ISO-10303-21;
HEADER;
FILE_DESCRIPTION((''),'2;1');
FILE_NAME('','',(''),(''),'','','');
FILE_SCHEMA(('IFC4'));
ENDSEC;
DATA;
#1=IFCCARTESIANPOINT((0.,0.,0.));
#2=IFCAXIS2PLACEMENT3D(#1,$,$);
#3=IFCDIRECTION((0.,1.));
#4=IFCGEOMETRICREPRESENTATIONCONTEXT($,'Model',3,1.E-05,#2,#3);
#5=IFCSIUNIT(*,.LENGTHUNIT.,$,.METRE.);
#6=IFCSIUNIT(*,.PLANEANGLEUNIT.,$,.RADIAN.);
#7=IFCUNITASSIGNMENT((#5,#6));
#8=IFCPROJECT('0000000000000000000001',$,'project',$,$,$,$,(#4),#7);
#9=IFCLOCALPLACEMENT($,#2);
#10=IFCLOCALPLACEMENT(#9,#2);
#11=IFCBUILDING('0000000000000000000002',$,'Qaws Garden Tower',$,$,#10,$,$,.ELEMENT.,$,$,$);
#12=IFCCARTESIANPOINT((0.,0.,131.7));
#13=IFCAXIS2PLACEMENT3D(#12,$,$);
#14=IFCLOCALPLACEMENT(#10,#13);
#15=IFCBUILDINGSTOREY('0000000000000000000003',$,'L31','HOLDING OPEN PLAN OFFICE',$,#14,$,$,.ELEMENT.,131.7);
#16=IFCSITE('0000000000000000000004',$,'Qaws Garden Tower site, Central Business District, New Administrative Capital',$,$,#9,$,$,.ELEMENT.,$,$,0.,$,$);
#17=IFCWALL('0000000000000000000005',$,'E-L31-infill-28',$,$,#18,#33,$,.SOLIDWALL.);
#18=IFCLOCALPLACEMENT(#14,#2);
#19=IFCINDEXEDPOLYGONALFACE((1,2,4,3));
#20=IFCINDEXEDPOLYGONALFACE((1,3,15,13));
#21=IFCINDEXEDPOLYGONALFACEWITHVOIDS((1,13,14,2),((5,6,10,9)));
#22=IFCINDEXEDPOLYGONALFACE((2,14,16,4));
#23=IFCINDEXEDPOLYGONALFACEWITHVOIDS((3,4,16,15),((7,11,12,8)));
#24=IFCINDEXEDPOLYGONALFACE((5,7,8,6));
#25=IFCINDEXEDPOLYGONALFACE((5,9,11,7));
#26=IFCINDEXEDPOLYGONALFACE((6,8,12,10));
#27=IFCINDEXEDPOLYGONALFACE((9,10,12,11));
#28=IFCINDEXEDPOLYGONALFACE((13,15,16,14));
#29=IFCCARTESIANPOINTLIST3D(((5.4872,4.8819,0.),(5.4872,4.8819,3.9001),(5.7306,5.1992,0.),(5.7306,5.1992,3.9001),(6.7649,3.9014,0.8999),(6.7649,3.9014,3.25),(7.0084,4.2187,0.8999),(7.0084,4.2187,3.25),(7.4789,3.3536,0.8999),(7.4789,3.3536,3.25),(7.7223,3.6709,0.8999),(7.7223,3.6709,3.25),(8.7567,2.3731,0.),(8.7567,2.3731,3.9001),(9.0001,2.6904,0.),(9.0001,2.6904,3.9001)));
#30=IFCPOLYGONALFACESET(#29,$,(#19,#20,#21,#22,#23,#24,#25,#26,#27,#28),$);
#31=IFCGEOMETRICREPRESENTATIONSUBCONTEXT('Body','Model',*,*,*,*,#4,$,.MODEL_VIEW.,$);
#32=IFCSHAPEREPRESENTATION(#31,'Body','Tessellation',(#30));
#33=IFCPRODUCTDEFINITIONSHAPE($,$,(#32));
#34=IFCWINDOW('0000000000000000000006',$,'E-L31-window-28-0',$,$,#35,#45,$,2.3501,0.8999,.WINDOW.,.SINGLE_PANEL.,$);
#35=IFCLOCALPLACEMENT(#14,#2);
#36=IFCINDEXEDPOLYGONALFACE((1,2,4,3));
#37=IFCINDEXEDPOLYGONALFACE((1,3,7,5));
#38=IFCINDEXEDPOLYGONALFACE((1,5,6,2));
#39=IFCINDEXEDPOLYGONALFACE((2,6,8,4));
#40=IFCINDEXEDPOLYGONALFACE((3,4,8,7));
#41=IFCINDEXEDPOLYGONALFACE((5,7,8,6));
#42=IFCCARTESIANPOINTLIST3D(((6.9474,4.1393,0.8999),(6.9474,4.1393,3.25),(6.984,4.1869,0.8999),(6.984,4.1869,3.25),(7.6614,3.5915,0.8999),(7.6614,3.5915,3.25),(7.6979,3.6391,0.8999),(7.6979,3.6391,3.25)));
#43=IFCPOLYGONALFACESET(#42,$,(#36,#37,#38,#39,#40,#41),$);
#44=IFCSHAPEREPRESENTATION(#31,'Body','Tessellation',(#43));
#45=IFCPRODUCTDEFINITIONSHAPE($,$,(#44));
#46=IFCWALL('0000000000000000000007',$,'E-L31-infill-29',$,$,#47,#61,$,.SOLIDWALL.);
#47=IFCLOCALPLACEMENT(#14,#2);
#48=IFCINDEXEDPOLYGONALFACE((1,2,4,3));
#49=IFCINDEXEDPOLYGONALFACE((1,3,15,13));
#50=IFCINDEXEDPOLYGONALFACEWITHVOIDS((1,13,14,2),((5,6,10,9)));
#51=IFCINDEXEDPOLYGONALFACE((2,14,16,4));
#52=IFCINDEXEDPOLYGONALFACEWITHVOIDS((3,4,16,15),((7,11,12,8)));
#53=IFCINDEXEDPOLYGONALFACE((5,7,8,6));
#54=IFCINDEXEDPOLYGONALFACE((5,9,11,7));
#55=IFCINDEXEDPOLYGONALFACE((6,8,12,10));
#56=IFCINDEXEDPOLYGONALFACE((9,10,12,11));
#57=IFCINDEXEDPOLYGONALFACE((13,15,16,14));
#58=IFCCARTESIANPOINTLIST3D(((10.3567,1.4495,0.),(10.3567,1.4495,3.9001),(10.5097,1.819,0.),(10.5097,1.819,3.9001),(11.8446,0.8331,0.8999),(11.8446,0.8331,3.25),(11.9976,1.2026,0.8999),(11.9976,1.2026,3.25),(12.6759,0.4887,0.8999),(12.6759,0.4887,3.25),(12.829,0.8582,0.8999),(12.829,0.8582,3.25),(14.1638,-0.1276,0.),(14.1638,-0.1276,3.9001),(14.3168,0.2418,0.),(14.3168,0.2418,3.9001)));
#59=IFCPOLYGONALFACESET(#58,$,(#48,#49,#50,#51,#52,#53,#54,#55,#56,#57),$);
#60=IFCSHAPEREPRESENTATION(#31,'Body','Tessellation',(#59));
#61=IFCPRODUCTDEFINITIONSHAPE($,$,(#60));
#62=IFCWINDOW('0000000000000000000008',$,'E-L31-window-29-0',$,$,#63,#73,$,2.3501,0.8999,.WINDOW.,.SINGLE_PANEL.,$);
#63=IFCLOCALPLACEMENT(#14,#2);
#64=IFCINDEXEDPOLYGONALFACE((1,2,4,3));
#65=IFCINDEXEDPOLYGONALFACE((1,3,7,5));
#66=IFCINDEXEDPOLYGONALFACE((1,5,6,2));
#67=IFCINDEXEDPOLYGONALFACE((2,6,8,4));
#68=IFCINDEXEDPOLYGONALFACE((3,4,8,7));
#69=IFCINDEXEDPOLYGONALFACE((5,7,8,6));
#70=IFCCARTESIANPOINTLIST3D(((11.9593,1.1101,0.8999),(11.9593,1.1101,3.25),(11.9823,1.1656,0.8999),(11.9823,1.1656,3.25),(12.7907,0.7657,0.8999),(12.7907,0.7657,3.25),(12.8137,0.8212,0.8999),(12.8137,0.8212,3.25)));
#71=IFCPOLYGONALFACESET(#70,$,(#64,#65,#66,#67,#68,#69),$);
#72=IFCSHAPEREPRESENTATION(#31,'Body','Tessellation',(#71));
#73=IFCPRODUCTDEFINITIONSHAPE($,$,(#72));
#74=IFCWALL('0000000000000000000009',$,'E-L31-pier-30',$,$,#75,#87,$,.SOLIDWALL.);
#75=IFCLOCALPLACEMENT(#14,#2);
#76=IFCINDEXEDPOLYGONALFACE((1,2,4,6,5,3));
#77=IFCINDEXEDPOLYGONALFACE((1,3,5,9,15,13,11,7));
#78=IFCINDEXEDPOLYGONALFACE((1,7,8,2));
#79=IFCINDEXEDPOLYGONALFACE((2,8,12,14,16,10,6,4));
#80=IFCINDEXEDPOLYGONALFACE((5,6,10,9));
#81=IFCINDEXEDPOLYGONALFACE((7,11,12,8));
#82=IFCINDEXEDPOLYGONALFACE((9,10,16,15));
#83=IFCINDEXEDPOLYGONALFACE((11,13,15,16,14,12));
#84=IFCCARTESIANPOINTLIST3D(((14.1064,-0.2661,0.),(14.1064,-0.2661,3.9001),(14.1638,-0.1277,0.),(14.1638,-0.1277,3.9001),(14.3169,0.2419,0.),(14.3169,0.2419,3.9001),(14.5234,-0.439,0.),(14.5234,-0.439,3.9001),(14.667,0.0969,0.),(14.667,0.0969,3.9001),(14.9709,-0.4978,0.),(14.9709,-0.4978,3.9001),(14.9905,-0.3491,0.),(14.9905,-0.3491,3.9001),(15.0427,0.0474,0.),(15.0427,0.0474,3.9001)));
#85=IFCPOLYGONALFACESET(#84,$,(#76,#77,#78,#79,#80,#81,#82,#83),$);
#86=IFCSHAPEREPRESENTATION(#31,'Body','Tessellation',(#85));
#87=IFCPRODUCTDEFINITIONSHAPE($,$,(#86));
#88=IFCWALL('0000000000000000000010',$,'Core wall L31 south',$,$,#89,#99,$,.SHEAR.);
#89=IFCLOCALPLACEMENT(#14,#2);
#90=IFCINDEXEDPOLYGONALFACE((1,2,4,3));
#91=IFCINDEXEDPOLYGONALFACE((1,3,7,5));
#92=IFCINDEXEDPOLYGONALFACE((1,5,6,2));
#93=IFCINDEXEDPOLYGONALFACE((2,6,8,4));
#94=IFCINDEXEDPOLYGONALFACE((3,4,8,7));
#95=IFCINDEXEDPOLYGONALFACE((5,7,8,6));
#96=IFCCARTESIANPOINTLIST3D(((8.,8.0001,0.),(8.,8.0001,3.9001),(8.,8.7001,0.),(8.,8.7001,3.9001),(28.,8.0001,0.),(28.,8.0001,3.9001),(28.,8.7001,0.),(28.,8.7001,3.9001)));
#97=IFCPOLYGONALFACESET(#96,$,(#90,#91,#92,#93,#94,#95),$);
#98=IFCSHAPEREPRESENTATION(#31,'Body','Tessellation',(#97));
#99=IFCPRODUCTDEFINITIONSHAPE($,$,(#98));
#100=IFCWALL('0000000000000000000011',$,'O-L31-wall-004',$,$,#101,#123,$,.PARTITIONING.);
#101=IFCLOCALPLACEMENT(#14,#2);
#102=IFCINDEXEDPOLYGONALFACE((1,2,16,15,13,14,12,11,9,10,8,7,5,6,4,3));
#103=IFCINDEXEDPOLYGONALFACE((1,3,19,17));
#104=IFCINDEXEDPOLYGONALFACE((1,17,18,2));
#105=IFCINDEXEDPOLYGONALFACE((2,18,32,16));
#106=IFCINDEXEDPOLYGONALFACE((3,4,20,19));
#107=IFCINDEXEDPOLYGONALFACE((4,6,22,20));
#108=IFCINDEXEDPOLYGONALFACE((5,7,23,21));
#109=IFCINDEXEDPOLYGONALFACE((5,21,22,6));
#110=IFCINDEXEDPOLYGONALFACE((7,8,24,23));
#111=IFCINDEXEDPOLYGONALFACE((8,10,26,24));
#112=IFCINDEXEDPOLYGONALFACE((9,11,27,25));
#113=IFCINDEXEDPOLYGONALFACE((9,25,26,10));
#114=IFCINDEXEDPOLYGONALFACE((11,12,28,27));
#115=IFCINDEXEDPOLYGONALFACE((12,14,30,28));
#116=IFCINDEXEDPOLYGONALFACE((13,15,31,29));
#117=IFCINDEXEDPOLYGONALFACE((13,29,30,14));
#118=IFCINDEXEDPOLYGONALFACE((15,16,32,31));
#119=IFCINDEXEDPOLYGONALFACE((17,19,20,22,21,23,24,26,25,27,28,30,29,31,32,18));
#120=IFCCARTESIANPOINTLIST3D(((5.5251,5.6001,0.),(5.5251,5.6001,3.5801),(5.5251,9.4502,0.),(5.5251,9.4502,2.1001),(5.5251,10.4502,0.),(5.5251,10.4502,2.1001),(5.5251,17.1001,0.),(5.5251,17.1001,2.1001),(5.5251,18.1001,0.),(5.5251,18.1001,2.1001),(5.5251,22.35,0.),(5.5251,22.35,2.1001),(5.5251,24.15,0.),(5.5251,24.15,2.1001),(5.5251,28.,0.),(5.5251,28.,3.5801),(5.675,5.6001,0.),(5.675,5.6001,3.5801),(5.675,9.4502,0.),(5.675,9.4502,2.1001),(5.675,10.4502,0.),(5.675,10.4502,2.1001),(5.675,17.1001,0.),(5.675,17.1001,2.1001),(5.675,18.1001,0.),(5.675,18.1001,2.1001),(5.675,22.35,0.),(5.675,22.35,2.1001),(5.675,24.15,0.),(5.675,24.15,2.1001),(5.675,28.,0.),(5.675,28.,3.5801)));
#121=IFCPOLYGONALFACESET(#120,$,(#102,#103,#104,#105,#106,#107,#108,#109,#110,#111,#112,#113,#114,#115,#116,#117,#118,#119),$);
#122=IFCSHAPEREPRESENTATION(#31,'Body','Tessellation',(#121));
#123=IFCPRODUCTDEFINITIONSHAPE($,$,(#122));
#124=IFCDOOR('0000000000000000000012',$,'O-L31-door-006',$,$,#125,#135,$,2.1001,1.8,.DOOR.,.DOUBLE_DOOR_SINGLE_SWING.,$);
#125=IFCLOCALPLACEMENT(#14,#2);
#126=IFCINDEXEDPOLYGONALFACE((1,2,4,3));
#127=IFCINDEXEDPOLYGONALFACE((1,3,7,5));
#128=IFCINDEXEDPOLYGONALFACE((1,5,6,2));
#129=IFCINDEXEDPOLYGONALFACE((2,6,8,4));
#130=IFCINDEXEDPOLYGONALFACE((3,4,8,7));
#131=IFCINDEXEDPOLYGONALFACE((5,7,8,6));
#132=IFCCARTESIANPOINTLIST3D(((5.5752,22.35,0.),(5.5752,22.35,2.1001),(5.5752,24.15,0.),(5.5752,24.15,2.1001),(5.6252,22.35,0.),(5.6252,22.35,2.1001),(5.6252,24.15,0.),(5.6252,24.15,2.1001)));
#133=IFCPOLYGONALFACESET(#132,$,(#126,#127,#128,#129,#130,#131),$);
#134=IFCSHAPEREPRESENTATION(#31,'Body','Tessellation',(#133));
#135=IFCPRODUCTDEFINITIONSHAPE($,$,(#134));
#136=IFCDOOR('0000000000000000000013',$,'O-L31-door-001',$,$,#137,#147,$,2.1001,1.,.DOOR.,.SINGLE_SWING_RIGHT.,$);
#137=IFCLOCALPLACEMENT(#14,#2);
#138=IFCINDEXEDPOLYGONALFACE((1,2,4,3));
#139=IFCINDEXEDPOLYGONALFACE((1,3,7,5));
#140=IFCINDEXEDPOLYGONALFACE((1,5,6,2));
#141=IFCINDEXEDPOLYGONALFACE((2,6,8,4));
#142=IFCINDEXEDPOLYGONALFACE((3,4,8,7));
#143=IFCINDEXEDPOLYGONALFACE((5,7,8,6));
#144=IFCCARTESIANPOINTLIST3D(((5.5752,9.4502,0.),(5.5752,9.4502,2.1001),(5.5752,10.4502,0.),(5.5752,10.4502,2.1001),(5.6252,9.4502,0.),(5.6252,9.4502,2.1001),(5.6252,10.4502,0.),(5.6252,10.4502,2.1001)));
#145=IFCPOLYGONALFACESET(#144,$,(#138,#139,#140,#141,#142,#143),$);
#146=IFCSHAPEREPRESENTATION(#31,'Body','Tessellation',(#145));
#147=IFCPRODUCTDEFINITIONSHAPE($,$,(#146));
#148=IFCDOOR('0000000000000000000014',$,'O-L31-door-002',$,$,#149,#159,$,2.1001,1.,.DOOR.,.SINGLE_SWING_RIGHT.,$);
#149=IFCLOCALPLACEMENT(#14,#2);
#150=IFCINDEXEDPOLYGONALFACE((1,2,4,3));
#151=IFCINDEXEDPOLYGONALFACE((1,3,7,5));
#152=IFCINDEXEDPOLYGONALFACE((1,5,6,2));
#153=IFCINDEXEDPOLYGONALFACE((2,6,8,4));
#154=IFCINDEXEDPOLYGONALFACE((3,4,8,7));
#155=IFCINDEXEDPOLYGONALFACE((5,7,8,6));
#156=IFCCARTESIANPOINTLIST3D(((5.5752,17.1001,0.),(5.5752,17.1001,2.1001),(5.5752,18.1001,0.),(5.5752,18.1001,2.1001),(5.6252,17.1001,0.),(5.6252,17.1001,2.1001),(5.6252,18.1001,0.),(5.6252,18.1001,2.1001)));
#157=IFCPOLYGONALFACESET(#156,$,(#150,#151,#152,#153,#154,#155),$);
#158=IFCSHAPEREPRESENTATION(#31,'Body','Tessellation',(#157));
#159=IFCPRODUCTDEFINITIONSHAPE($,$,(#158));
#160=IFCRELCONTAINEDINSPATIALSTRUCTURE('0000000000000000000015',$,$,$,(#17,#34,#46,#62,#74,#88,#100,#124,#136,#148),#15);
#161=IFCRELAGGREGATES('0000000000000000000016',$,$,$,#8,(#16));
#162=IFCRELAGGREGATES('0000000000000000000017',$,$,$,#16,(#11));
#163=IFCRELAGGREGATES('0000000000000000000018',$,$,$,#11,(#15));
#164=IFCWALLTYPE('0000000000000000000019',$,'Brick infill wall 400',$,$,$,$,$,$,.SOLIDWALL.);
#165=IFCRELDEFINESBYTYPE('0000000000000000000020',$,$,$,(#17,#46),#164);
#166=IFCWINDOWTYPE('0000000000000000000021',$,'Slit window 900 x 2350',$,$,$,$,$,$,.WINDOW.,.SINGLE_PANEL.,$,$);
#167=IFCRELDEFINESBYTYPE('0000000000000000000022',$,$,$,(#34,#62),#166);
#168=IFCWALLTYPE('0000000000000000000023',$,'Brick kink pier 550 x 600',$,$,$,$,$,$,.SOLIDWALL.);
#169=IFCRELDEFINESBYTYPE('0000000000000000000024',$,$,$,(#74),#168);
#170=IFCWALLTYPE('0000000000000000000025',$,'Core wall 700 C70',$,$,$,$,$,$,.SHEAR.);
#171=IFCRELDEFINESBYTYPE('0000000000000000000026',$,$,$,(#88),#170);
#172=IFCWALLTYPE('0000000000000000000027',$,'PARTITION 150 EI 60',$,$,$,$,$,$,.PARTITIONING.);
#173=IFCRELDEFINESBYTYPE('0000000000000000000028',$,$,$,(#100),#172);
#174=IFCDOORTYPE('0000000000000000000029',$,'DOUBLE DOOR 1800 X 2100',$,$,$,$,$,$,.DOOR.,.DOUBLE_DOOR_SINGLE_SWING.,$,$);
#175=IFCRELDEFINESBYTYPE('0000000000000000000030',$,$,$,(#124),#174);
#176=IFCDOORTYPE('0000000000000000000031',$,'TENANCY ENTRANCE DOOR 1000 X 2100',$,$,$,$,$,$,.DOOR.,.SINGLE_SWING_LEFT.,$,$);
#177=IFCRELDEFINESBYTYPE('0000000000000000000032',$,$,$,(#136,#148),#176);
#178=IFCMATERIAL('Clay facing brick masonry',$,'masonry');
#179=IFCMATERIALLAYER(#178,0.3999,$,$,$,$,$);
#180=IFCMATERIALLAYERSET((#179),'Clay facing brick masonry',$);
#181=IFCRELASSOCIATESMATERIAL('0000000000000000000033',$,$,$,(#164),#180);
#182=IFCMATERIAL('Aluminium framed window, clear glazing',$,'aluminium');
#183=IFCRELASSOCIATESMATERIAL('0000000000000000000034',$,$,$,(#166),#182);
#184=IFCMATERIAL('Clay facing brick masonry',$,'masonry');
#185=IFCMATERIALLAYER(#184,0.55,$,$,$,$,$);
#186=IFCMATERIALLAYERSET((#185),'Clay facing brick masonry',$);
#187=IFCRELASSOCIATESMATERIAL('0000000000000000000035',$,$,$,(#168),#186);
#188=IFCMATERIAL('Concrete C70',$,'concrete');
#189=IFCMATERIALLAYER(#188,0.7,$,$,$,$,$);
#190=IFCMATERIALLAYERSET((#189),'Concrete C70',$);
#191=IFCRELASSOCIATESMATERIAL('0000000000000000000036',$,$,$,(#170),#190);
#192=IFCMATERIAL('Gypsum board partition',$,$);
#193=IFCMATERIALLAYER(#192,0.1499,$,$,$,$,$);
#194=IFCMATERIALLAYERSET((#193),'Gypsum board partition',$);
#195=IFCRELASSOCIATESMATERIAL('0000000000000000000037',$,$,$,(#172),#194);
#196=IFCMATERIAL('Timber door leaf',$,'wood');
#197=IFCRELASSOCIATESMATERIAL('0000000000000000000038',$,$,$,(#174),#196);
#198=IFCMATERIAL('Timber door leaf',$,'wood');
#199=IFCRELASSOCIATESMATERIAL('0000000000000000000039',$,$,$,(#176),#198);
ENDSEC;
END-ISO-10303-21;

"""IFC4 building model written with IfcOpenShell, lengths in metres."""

from ifc_helpers import new_model, si_unit, direction, frame, frame_2d, origin, place, context, subcontext, project, spatial, polyline, rectangle, outline, extrude, material, layer, layer_set, type_object, element, fill, save


model = new_model("IFC4")

# Units and contexts
model_context = context("Model", 3, precision=1e-05, world=origin(), true_north=direction((0.0, 1.0)))
body_context = subcontext(model_context, "Body", "Model", "MODEL_VIEW")
ifc_project = project(units=[si_unit("LENGTHUNIT", "METRE"), si_unit("PLANEANGLEUNIT", "RADIAN")], contexts=[model_context])

# Site, building, storey
site_placement = place(None, origin())
site = spatial("IfcSite", under=ifc_project, at=site_placement, Name="Qaws Garden Tower site, Central Business District, New Administrative Capital", CompositionType="ELEMENT", RefElevation=0.0)
building_placement = place(site_placement, origin())
building = spatial("IfcBuilding", under=site, at=building_placement, Name="Qaws Garden Tower", CompositionType="ELEMENT")
storey_placement = place(building_placement, frame((0.0, 0.0, 131.7)))
storey = spatial("IfcBuildingStorey", under=building, at=storey_placement, Name="L31", Description="HOLDING OPEN PLAN OFFICE", CompositionType="ELEMENT", Elevation=131.7)

# Shared definitions
placement_1 = place(storey_placement, origin())

# Walls, openings, windows
ifc_material_1 = material(Name="Clay facing brick masonry", Category="masonry")
ifc_layer_1 = layer(ifc_material_1, 0.3999)
ifc_layer_set_1 = layer_set([ifc_layer_1], Name="Clay facing brick masonry")
wall_type_1 = type_object("IfcWallType", Name="Brick infill wall 400", PredefinedType="SOLIDWALL", material=ifc_layer_set_1)
ifc_material_2 = material(Name="Aluminium framed window, clear glazing", Category="aluminium")
window_type = type_object("IfcWindowType", Name="Slit window 900 x 2350", PartitioningType="SINGLE_PANEL", PredefinedType="WINDOW", material=ifc_material_2)
wall_1_placement = place(storey_placement, frame((5.6089, 5.0405, 0.0), z_axis=(0.0, 0.0, 1.0), x_axis=(0.793355, -0.60876, 0.0)))
wall_1 = element("IfcWall", 1, at=wall_1_placement, inside=storey, type_object=wall_type_1, Name="E-L31-infill-28", PredefinedType="SOLIDWALL", context=body_context, shape_type="SweptSolid", body=[
    extrude(rectangle(XDim=4.1211, YDim=0.3999, at=frame_2d((2.0605, 0.0))), origin(), (0.0, 0.0, 1.0), 3.9001),
])
opening_1_placement = place(wall_1_placement, frame((1.6106, 0.0, 0.8999)))
opening_1 = element("IfcOpeningElement", 2, at=opening_1_placement, cuts=wall_1, PredefinedType="OPENING", context=body_context, shape_type="SweptSolid", body=[
    extrude(rectangle(XDim=0.8999, YDim=2.3501, at=frame_2d((0.45, 1.175))), frame((0.0, 0.21, 0.0), z_axis=(0.0, -1.0, 0.0), x_axis=(1.0, 0.0, 0.0)), (0.0, 0.0, 1.0), 0.4199),
])
window_1_placement = place(opening_1_placement, origin())
window_1 = element("IfcWindow", 3, at=window_1_placement, inside=storey, type_object=window_type, Name="E-L31-window-28-0", OverallHeight=2.3501, OverallWidth=0.8999, PartitioningType="SINGLE_PANEL", PredefinedType="WINDOW", context=body_context, shape_type="SweptSolid", body=[
    extrude(rectangle(XDim=0.8999, YDim=2.3501, at=frame_2d((0.45, 1.175))), frame((0.0, 0.1599, 0.0), z_axis=(0.0, -1.0, 0.0), x_axis=(1.0, 0.0, 0.0)), (0.0, 0.0, 1.0), 0.0601),
])
fill(opening_1, window_1)
wall_2_placement = place(storey_placement, frame((10.4331, 1.6343, 0.0), z_axis=(0.0, 0.0, 1.0), x_axis=(0.923864, -0.382722, 0.0)))
wall_2 = element("IfcWall", 4, at=wall_2_placement, inside=storey, type_object=wall_type_1, Name="E-L31-infill-29", PredefinedType="SOLIDWALL", context=body_context, shape_type="SweptSolid", body=[
    extrude(rectangle(XDim=4.1208, YDim=0.3999, at=frame_2d((2.0605, 0.0))), origin(), (0.0, 0.0, 1.0), 3.9001),
])
opening_2_placement = place(wall_2_placement, frame((1.6106, 0.0, 0.8999)))
opening_2 = element("IfcOpeningElement", 5, at=opening_2_placement, cuts=wall_2, PredefinedType="OPENING", context=body_context, shape_type="SweptSolid", body=[
    extrude(rectangle(XDim=0.8999, YDim=2.3501, at=frame_2d((0.45, 1.175))), frame((0.0, 0.21, 0.0), z_axis=(0.0, -1.0, 0.0), x_axis=(1.0, 0.0, 0.0)), (0.0, 0.0, 1.0), 0.4199),
])
window_2_placement = place(opening_2_placement, origin())
window_2 = element("IfcWindow", 6, at=window_2_placement, inside=storey, type_object=window_type, Name="E-L31-window-29-0", OverallHeight=2.3501, OverallWidth=0.8999, PartitioningType="SINGLE_PANEL", PredefinedType="WINDOW", context=body_context, shape_type="SweptSolid", body=[
    extrude(rectangle(XDim=0.8999, YDim=2.3501, at=frame_2d((0.45, 1.175))), frame((0.0, 0.1599, 0.0), z_axis=(0.0, -1.0, 0.0), x_axis=(1.0, 0.0, 0.0)), (0.0, 0.0, 1.0), 0.0601),
])
fill(opening_2, window_2)

# Walls
ifc_material_3 = material(Name="Clay facing brick masonry", Category="masonry")
ifc_layer_2 = layer(ifc_material_3, 0.55)
ifc_layer_set_2 = layer_set([ifc_layer_2], Name="Clay facing brick masonry")
wall_type_2 = type_object("IfcWallType", Name="Brick kink pier 550 x 600", PredefinedType="SOLIDWALL", material=ifc_layer_set_2)
element("IfcWall", 7, at=placement_1, inside=storey, type_object=wall_type_2, Name="E-L31-pier-30", PredefinedType="SOLIDWALL", context=body_context, shape_type="SweptSolid", body=[
    extrude(outline(polyline([(14.1638, -0.1277), (14.1064, -0.2661), (14.5234, -0.439), (14.9709, -0.4978), (14.9905, -0.3491), (15.0427, 0.0474), (14.667, 0.0969), (14.3169, 0.2419), (14.1638, -0.1277)])), origin(), (0.0, 0.0, 1.0), 3.9001),
])
ifc_material_4 = material(Name="Concrete C70", Category="concrete")
ifc_layer_3 = layer(ifc_material_4, 0.7)
ifc_layer_set_3 = layer_set([ifc_layer_3], Name="Concrete C70")
wall_type_3 = type_object("IfcWallType", Name="Core wall 700 C70", PredefinedType="SHEAR", material=ifc_layer_set_3)
wall_3_placement = place(storey_placement, frame((8.0, 8.3501, 0.0), z_axis=(0.0, 0.0, 1.0), x_axis=(1.0, 0.0, 0.0)))
element("IfcWall", 8, at=wall_3_placement, inside=storey, type_object=wall_type_3, Name="Core wall L31 south", PredefinedType="SHEAR", context=body_context, shape_type="SweptSolid", body=[
    extrude(rectangle(XDim=20.0, YDim=0.7, at=frame_2d((10.0, 0.0))), origin(), (0.0, 0.0, 1.0), 3.9001),
])

# Wall, openings, doors
ifc_material_5 = material(Name="Gypsum board partition")
ifc_layer_4 = layer(ifc_material_5, 0.1499)
ifc_layer_set_4 = layer_set([ifc_layer_4], Name="Gypsum board partition")
wall_type_4 = type_object("IfcWallType", Name="PARTITION 150 EI 60", PredefinedType="PARTITIONING", material=ifc_layer_set_4)
wall_4_placement = place(storey_placement, frame((5.6001, 5.6001, 0.0), z_axis=(0.0, 0.0, 1.0), x_axis=(0.0, 1.0, 0.0)))
wall_4 = element("IfcWall", 9, at=wall_4_placement, inside=storey, type_object=wall_type_4, Name="O-L31-wall-004", PredefinedType="PARTITIONING", context=body_context, shape_type="SweptSolid", body=[
    extrude(rectangle(XDim=22.3999, YDim=0.1499, at=frame_2d((11.2, 0.0))), origin(), (0.0, 0.0, 1.0), 3.5801),
])
opening_3_placement = place(wall_4_placement, frame((3.8501, 0.0, 0.0)))
opening_3 = element("IfcOpeningElement", 10, at=opening_3_placement, cuts=wall_4, PredefinedType="OPENING", context=body_context, shape_type="SweptSolid", body=[
    extrude(rectangle(XDim=1.0, YDim=2.1001, at=frame_2d((0.5, 1.05))), frame((0.0, 0.085, 0.0), z_axis=(0.0, -1.0, 0.0), x_axis=(1.0, 0.0, 0.0)), (0.0, 0.0, 1.0), 0.1699),
])
opening_4_placement = place(wall_4_placement, frame((11.5, 0.0, 0.0)))
opening_4 = element("IfcOpeningElement", 11, at=opening_4_placement, cuts=wall_4, PredefinedType="OPENING", context=body_context, shape_type="SweptSolid", body=[
    extrude(rectangle(XDim=1.0, YDim=2.1001, at=frame_2d((0.5, 1.05))), frame((0.0, 0.085, 0.0), z_axis=(0.0, -1.0, 0.0), x_axis=(1.0, 0.0, 0.0)), (0.0, 0.0, 1.0), 0.1699),
])
opening_5_placement = place(wall_4_placement, frame((16.75, 0.0, 0.0)))
opening_5 = element("IfcOpeningElement", 12, at=opening_5_placement, cuts=wall_4, PredefinedType="OPENING", context=body_context, shape_type="SweptSolid", body=[
    extrude(rectangle(XDim=1.8, YDim=2.1001, at=frame_2d((0.8999, 1.05))), frame((0.0, 0.085, 0.0), z_axis=(0.0, -1.0, 0.0), x_axis=(1.0, 0.0, 0.0)), (0.0, 0.0, 1.0), 0.1699),
])
ifc_material_6 = material(Name="Timber door leaf", Category="wood")
door_type_1 = type_object("IfcDoorType", Name="DOUBLE DOOR 1800 X 2100", OperationType="DOUBLE_DOOR_SINGLE_SWING", PredefinedType="DOOR", material=ifc_material_6)
door_1_placement = place(opening_5_placement, origin())
door_1 = element("IfcDoor", 13, at=door_1_placement, inside=storey, type_object=door_type_1, Name="O-L31-door-006", OperationType="DOUBLE_DOOR_SINGLE_SWING", OverallHeight=2.1001, OverallWidth=1.8, PredefinedType="DOOR", context=body_context, shape_type="SweptSolid", body=[
    extrude(rectangle(XDim=1.8, YDim=2.1001, at=frame_2d((0.8999, 1.05))), frame((0.0, 0.0249, 0.0), z_axis=(0.0, -1.0, 0.0), x_axis=(1.0, 0.0, 0.0)), (0.0, 0.0, 1.0), 0.05),
])
fill(opening_5, door_1)
ifc_material_7 = material(Name="Timber door leaf", Category="wood")
door_type_2 = type_object("IfcDoorType", Name="TENANCY ENTRANCE DOOR 1000 X 2100", OperationType="SINGLE_SWING_LEFT", PredefinedType="DOOR", material=ifc_material_7)
door_2_placement = place(opening_3_placement, origin())
door_2 = element("IfcDoor", 14, at=door_2_placement, inside=storey, type_object=door_type_2, Name="O-L31-door-001", OperationType="SINGLE_SWING_RIGHT", OverallHeight=2.1001, OverallWidth=1.0, PredefinedType="DOOR", context=body_context, shape_type="SweptSolid", body=[
    extrude(rectangle(XDim=1.0, YDim=2.1001, at=frame_2d((0.5, 1.05))), frame((0.0, 0.0249, 0.0), z_axis=(0.0, -1.0, 0.0), x_axis=(1.0, 0.0, 0.0)), (0.0, 0.0, 1.0), 0.05),
])
fill(opening_3, door_2)
door_3_placement = place(opening_4_placement, origin())
door_3 = element("IfcDoor", 15, at=door_3_placement, inside=storey, type_object=door_type_2, Name="O-L31-door-002", OperationType="SINGLE_SWING_RIGHT", OverallHeight=2.1001, OverallWidth=1.0, PredefinedType="DOOR", context=body_context, shape_type="SweptSolid", body=[
    extrude(rectangle(XDim=1.0, YDim=2.1001, at=frame_2d((0.5, 1.05))), frame((0.0, 0.0249, 0.0), z_axis=(0.0, -1.0, 0.0), x_axis=(1.0, 0.0, 0.0)), (0.0, 0.0, 1.0), 0.05),
])
fill(opening_4, door_3)

save(model, "model.ifc")
